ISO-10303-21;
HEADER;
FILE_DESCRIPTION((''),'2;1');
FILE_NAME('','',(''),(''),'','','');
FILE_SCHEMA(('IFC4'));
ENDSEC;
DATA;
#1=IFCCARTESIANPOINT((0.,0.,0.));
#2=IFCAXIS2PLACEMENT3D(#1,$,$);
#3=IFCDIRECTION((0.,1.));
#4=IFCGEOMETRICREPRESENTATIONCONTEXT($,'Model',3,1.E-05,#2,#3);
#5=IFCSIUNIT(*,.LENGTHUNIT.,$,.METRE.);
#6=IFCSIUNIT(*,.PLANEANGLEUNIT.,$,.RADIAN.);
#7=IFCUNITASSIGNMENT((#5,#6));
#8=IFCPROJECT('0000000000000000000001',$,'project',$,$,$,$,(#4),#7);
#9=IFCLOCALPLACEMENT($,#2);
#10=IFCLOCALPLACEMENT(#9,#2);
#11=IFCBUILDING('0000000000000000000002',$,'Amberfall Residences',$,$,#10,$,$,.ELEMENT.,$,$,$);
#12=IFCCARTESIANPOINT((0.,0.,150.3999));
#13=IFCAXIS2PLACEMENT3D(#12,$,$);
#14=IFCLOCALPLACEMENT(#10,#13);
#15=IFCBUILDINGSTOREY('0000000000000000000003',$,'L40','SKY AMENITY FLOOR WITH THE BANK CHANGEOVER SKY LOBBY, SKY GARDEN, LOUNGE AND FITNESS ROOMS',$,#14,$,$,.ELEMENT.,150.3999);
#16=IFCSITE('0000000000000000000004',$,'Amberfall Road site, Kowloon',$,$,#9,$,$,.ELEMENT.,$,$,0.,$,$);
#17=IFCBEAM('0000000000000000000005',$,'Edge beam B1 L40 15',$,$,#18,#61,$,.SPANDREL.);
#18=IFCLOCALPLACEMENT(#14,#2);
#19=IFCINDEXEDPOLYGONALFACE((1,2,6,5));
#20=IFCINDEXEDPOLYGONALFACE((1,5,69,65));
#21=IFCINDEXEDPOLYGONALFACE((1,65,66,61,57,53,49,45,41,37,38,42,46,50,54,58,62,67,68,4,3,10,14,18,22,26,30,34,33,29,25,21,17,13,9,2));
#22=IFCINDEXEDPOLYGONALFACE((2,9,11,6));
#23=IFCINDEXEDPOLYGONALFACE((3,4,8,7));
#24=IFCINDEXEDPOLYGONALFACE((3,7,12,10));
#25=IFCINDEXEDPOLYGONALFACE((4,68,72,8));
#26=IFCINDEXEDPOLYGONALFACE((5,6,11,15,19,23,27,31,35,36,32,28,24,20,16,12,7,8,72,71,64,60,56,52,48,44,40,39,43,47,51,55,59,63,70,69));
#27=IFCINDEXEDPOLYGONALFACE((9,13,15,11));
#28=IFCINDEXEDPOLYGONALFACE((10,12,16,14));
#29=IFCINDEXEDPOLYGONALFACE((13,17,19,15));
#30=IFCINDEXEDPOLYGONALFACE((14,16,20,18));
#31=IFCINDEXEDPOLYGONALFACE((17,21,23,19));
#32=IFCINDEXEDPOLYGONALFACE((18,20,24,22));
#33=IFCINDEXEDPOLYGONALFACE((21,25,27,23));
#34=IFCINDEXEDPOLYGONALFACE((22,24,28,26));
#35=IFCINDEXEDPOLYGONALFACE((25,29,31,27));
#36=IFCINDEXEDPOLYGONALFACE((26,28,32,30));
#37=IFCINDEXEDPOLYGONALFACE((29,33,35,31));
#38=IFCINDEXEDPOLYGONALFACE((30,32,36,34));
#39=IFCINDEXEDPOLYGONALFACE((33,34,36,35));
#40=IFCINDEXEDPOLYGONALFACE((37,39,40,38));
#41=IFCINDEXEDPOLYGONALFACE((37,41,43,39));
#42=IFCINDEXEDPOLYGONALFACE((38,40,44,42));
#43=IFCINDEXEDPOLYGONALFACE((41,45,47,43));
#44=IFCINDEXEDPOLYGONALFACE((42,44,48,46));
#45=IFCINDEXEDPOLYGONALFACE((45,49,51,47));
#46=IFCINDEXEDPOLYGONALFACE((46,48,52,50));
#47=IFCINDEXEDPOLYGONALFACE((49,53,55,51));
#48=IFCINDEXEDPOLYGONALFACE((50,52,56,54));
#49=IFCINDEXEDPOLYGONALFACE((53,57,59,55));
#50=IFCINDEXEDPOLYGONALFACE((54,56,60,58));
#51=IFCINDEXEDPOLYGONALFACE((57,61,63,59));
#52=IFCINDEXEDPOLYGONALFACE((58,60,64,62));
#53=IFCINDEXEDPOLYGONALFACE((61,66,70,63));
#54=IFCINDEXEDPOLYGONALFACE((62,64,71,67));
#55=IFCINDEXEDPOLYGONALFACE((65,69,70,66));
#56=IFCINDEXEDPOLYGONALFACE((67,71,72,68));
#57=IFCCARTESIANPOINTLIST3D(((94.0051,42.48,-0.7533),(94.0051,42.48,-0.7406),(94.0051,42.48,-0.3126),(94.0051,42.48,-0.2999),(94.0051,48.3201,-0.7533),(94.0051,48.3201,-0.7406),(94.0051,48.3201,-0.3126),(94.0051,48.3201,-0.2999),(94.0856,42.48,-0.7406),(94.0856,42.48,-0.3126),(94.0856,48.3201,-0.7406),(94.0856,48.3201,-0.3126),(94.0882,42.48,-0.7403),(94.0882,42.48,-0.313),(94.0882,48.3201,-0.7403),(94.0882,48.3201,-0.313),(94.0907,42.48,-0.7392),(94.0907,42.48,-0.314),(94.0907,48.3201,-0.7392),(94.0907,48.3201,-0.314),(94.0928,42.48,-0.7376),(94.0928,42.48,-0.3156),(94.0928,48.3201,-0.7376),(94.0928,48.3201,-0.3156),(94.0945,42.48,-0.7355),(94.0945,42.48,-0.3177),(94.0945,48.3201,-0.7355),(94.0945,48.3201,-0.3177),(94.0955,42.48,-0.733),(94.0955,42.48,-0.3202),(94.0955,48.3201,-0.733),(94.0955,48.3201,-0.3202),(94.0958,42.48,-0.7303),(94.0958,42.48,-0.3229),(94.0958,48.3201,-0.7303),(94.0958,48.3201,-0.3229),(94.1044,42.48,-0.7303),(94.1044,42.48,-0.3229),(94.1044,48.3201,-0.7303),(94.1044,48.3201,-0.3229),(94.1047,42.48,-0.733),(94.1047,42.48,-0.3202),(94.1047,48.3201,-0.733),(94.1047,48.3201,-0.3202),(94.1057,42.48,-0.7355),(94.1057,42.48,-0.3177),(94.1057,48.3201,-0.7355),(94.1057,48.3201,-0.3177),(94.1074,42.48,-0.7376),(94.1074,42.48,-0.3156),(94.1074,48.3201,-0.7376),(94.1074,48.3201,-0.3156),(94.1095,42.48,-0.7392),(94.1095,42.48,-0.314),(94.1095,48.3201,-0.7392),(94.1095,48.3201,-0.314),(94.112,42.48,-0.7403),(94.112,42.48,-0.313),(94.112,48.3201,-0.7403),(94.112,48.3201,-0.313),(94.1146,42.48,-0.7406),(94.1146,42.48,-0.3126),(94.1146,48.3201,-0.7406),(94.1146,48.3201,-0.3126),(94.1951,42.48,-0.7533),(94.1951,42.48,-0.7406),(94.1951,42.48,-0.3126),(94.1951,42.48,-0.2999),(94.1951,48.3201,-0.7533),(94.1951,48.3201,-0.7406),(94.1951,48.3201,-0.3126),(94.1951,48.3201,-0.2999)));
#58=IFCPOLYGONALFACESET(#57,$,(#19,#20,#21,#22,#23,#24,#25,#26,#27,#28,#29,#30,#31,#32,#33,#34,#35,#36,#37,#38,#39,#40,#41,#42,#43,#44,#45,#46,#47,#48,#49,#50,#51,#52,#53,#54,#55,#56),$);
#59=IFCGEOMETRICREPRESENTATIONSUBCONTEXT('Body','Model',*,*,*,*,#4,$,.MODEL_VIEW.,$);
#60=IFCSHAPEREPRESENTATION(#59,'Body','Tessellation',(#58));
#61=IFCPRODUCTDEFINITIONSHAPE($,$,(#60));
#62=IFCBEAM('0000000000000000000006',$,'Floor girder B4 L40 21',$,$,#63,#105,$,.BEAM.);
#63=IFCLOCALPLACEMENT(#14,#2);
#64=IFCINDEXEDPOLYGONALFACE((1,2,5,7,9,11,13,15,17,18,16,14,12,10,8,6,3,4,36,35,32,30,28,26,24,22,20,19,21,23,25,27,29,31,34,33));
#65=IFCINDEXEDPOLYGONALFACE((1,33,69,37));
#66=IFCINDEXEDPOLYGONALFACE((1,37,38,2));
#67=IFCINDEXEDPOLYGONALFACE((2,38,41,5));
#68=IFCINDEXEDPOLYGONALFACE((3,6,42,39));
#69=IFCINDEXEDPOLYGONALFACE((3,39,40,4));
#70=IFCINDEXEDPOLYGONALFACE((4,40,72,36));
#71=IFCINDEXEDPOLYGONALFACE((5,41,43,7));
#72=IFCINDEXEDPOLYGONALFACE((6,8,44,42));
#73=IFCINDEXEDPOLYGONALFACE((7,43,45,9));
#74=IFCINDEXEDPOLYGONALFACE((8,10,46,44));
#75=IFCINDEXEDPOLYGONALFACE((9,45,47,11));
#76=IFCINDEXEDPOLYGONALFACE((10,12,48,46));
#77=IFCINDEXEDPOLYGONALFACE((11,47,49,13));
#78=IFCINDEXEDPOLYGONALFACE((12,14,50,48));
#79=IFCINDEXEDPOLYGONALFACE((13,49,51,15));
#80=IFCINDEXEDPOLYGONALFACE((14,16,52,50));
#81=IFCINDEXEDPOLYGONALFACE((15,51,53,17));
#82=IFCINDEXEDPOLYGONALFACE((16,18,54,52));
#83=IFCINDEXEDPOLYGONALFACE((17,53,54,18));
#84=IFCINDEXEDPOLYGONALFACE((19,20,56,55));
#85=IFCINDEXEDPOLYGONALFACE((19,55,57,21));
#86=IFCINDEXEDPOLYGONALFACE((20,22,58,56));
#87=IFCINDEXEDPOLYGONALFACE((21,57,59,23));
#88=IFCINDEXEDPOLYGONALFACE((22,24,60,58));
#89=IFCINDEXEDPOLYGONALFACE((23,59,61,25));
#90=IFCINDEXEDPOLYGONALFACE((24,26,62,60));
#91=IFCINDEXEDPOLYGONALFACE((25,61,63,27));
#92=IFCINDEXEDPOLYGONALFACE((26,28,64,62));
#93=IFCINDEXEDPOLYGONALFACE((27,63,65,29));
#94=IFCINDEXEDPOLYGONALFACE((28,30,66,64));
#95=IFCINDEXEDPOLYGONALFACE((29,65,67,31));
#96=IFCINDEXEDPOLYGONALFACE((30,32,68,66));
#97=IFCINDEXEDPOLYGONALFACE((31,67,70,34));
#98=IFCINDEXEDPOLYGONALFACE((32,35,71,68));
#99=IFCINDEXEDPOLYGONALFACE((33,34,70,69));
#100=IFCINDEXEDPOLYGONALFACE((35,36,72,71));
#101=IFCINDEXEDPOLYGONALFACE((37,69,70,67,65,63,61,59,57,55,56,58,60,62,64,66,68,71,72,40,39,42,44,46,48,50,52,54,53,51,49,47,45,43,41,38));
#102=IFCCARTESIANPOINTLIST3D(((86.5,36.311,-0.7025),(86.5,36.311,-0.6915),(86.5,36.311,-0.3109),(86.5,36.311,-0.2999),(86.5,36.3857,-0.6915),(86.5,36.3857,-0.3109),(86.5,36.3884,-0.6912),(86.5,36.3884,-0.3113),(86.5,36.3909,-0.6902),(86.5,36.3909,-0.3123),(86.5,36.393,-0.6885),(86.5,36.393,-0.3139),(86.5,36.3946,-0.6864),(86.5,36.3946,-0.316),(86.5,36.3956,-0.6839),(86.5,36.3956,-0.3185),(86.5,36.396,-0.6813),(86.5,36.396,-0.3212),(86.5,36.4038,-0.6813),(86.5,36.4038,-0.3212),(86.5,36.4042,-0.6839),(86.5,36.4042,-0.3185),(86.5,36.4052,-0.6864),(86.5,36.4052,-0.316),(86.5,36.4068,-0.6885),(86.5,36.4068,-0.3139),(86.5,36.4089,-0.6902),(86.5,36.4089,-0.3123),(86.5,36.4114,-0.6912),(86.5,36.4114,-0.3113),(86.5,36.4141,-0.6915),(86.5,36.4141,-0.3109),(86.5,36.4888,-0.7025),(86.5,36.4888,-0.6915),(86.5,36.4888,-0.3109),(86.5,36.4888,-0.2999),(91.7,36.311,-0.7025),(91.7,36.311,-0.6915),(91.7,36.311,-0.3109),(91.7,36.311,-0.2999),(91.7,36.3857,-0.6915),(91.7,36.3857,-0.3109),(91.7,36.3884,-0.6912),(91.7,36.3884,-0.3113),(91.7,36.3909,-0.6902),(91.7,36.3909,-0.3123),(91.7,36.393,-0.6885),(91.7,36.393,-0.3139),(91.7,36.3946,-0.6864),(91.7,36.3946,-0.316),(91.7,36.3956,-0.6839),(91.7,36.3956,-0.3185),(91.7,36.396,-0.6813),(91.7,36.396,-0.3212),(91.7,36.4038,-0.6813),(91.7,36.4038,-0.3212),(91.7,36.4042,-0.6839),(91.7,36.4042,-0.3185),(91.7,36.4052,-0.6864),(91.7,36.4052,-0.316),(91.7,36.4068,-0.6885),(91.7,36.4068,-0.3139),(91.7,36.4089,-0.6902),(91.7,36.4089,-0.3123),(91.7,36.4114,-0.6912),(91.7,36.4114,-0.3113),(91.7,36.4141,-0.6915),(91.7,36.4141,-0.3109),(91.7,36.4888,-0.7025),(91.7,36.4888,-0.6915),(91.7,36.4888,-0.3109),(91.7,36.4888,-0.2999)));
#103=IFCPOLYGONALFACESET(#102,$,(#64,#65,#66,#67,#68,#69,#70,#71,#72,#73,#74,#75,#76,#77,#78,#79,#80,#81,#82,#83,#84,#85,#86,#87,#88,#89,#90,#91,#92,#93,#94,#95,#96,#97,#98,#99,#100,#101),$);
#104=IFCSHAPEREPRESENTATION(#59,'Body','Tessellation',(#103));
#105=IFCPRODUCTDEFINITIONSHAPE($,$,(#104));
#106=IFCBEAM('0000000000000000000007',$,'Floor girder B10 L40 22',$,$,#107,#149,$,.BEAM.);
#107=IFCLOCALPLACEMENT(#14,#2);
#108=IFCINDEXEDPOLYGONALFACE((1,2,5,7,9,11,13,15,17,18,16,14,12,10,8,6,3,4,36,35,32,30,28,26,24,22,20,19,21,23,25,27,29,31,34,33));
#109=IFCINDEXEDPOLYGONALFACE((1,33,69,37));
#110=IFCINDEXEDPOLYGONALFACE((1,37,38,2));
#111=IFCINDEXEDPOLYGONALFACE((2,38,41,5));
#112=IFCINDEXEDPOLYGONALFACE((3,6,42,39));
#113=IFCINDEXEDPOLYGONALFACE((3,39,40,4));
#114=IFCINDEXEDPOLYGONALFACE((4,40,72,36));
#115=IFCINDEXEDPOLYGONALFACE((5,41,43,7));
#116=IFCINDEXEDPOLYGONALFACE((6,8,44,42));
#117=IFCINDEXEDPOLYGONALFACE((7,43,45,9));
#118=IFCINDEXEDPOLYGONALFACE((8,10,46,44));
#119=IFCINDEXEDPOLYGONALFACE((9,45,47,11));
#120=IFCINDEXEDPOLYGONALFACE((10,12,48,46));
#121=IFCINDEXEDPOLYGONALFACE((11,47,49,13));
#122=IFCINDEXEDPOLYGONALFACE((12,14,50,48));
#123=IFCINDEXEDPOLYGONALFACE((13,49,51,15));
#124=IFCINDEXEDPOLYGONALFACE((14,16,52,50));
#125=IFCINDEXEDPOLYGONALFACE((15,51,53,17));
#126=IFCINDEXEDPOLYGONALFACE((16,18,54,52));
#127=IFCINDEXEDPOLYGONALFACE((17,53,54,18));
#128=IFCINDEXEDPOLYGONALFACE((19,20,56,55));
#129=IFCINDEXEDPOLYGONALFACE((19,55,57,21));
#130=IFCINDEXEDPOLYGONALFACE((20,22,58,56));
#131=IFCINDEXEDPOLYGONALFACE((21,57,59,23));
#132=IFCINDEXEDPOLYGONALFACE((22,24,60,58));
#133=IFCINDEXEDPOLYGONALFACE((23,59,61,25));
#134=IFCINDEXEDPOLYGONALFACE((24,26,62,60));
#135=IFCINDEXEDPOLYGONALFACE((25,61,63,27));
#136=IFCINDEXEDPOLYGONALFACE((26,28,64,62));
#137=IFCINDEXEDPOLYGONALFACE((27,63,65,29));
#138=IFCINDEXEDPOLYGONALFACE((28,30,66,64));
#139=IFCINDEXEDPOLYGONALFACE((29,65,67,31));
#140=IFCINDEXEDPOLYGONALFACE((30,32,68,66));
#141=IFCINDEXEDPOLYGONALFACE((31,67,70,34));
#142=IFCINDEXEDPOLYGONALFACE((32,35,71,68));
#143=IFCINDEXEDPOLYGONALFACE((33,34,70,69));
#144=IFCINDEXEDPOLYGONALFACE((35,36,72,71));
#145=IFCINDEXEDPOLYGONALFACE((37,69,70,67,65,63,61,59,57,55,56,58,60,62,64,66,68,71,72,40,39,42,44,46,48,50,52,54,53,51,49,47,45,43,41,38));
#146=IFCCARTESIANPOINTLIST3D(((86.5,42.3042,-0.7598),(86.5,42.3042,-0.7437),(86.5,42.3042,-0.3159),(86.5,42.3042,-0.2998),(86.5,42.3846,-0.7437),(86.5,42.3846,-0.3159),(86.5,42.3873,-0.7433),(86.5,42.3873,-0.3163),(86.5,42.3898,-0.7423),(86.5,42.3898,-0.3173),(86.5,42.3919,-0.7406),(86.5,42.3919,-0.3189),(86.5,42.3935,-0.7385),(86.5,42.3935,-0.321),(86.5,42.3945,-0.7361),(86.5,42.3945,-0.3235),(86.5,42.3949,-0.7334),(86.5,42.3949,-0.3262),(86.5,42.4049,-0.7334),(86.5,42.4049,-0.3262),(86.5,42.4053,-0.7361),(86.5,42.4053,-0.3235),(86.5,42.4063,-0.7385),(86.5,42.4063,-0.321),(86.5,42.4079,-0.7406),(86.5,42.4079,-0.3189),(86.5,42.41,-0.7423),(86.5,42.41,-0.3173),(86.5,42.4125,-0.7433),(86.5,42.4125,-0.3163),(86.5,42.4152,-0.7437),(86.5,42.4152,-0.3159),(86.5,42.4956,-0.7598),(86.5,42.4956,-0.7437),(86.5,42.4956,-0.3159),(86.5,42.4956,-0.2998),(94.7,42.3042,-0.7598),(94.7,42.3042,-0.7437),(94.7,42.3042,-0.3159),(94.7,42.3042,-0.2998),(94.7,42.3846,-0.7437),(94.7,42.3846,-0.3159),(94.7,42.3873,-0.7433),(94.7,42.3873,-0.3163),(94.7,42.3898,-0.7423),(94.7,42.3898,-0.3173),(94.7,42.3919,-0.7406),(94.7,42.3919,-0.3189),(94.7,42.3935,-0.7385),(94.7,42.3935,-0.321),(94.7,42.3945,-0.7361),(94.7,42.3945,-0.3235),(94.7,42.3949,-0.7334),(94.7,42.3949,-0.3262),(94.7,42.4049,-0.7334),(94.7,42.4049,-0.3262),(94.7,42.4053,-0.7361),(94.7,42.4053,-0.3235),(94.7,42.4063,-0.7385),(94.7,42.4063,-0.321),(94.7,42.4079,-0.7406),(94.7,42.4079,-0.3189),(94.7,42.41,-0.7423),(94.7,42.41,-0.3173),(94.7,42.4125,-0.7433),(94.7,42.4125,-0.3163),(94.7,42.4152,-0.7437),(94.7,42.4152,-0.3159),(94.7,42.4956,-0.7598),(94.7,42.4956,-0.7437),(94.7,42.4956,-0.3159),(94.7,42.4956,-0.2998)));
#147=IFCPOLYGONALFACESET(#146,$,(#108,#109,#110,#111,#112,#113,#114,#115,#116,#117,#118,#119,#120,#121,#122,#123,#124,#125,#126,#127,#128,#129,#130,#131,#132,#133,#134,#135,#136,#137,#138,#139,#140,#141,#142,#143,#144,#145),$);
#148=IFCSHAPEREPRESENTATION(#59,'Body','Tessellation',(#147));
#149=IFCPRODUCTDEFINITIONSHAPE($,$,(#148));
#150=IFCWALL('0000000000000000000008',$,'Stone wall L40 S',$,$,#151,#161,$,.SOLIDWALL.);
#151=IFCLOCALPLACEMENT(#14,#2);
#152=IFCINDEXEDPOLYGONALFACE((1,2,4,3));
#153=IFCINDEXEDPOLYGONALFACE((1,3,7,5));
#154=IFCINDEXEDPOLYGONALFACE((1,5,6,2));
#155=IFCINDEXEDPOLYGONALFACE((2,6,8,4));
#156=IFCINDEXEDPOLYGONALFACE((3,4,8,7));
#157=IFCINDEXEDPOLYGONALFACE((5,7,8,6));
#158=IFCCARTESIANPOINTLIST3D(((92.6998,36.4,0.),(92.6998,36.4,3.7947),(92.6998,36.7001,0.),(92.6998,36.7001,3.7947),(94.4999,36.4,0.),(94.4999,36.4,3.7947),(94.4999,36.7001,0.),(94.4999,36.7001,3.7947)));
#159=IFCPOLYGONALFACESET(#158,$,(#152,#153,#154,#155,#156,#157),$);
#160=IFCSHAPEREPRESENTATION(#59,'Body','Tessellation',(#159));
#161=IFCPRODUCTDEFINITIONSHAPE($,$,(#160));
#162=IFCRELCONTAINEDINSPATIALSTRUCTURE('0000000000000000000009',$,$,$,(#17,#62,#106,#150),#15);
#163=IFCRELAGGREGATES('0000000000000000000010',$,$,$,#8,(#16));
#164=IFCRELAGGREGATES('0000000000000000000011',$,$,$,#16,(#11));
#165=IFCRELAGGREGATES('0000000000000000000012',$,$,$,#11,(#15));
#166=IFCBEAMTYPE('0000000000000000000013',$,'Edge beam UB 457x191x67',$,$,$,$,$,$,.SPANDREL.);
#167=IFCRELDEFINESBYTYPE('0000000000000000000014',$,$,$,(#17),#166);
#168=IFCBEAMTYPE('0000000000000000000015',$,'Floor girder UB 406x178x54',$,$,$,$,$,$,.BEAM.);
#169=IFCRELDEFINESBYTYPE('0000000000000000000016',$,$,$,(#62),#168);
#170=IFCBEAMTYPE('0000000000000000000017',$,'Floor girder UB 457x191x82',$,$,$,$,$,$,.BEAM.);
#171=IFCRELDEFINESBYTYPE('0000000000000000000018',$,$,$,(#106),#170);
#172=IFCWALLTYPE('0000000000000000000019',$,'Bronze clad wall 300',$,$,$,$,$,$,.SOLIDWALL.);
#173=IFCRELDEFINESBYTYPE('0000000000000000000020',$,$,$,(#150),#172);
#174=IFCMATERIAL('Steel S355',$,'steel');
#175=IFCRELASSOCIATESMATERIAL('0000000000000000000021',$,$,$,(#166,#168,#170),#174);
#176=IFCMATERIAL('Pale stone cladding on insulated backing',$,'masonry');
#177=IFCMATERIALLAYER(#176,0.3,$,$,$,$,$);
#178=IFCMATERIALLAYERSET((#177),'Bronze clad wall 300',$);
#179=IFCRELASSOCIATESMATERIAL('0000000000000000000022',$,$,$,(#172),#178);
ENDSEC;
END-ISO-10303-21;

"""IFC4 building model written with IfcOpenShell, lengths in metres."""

from ifc_helpers import new_model, si_unit, direction, frame, frame_2d, origin, origin_2d, place, context, subcontext, project, spatial, rectangle, i_section, extrude, material, layer, layer_set, material_profile, profile_set, type_object, element, save


model = new_model("IFC4")

# Units and contexts
model_context = context("Model", 3, precision=1e-05, world=origin(), true_north=direction((0.0, 1.0)))
body_context = subcontext(model_context, "Body", "Model", "MODEL_VIEW")
ifc_project = project(units=[si_unit("LENGTHUNIT", "METRE"), si_unit("PLANEANGLEUNIT", "RADIAN")], contexts=[model_context])

# Site, building, storey
site_placement = place(None, origin())
site = spatial("IfcSite", under=ifc_project, at=site_placement, Name="Amberfall Road site, Kowloon", CompositionType="ELEMENT", RefElevation=0.0)
building_placement = place(site_placement, origin())
building = spatial("IfcBuilding", under=site, at=building_placement, Name="Amberfall Residences", CompositionType="ELEMENT")
storey_placement = place(building_placement, frame((0.0, 0.0, 150.3999)))
storey = spatial("IfcBuildingStorey", under=building, at=storey_placement, Name="L40", Description="SKY AMENITY FLOOR WITH THE BANK CHANGEOVER SKY LOBBY, SKY GARDEN, LOUNGE AND FITNESS ROOMS", CompositionType="ELEMENT", Elevation=150.3999)

# Beams
ifc_material_1 = material(Name="Steel S355", Category="steel")
ifc_material_profile_1 = material_profile(ifc_material_1, i_section(OverallWidth=0.1899, OverallDepth=0.4534, WebThickness=0.0085, FlangeThickness=0.0127, FilletRadius=0.0103, at=origin_2d()), Name="UB 457x191x67")
ifc_profile_set_1 = profile_set([ifc_material_profile_1], Name="Steel S355")
beam_type_1 = type_object("IfcBeamType", Name="Edge beam UB 457x191x67", PredefinedType="SPANDREL", material=ifc_profile_set_1)
for number, where, z_axis, x_axis, name in (
    (1, (94.1001, 42.48, -0.5266), (0.0, 1.0, 0.0), (-1.0, 0.0, 0.0), "Edge beam B1 L40 15"),
):
    element("IfcBeam", number, at=place(storey_placement, frame(where, z_axis=z_axis, x_axis=x_axis)), inside=storey, type_object=beam_type_1, Name=name, PredefinedType="SPANDREL", context=body_context, shape_type="SweptSolid", body=[
        extrude(i_section(OverallWidth=0.1899, OverallDepth=0.4534, WebThickness=0.0085, FlangeThickness=0.0127, FilletRadius=0.0103, at=origin_2d()), origin(), (0.0, 0.0, 1.0), 5.8401),
    ])
ifc_material_profile_2 = material_profile(ifc_material_1, i_section(OverallWidth=0.1777, OverallDepth=0.4026, WebThickness=0.0078, FlangeThickness=0.011, FilletRadius=0.0103, at=origin_2d()), Name="UB 406x178x54")
ifc_profile_set_2 = profile_set([ifc_material_profile_2], Name="Steel S355")
beam_type_2 = type_object("IfcBeamType", Name="Floor girder UB 406x178x54", PredefinedType="BEAM", material=ifc_profile_set_2)
beam_1_placement = place(storey_placement, frame((91.7, 36.3999, -0.5012), z_axis=(-1.0, 0.0, 0.0), x_axis=(0.0, -1.0, 0.0)))
element("IfcBeam", 2, at=beam_1_placement, inside=storey, type_object=beam_type_2, Name="Floor girder B4 L40 21", PredefinedType="BEAM", context=body_context, shape_type="SweptSolid", body=[
    extrude(i_section(OverallWidth=0.1777, OverallDepth=0.4026, WebThickness=0.0078, FlangeThickness=0.011, FilletRadius=0.0103, at=origin_2d()), origin(), (0.0, 0.0, 1.0), 5.2),
])
ifc_material_profile_3 = material_profile(ifc_material_1, i_section(OverallWidth=0.1914, OverallDepth=0.46, WebThickness=0.01, FlangeThickness=0.0161, FilletRadius=0.0103, at=origin_2d()), Name="UB 457x191x82")
ifc_profile_set_3 = profile_set([ifc_material_profile_3], Name="Steel S355")
beam_type_3 = type_object("IfcBeamType", Name="Floor girder UB 457x191x82", PredefinedType="BEAM", material=ifc_profile_set_3)
beam_2_placement = place(storey_placement, frame((94.7, 42.3999, -0.5298), z_axis=(-1.0, 0.0, 0.0), x_axis=(0.0, -1.0, 0.0)))
element("IfcBeam", 3, at=beam_2_placement, inside=storey, type_object=beam_type_3, Name="Floor girder B10 L40 22", PredefinedType="BEAM", context=body_context, shape_type="SweptSolid", body=[
    extrude(i_section(OverallWidth=0.1914, OverallDepth=0.46, WebThickness=0.01, FlangeThickness=0.0161, FilletRadius=0.0103, at=origin_2d()), origin(), (0.0, 0.0, 1.0), 8.2),
])

# Wall
ifc_material_2 = material(Name="Pale stone cladding on insulated backing", Category="masonry")
ifc_layer_1 = layer(ifc_material_2, 0.3)
ifc_layer_set_1 = layer_set([ifc_layer_1], Name="Bronze clad wall 300")
wall_type_1 = type_object("IfcWallType", Name="Bronze clad wall 300", PredefinedType="SOLIDWALL", material=ifc_layer_set_1)
wall_1_placement = place(storey_placement, frame((92.7, 36.55, 0.0), z_axis=(0.0, 0.0, 1.0), x_axis=(1.0, 0.0, 0.0)))
element("IfcWall", 4, at=wall_1_placement, inside=storey, type_object=wall_type_1, Name="Stone wall L40 S", PredefinedType="SOLIDWALL", context=body_context, shape_type="SweptSolid", body=[
    extrude(rectangle(XDim=1.8, YDim=0.3, at=frame_2d((0.8999, 0.0))), origin(), (0.0, 0.0, 1.0), 3.7947),
])

save(model, "model.ifc")
